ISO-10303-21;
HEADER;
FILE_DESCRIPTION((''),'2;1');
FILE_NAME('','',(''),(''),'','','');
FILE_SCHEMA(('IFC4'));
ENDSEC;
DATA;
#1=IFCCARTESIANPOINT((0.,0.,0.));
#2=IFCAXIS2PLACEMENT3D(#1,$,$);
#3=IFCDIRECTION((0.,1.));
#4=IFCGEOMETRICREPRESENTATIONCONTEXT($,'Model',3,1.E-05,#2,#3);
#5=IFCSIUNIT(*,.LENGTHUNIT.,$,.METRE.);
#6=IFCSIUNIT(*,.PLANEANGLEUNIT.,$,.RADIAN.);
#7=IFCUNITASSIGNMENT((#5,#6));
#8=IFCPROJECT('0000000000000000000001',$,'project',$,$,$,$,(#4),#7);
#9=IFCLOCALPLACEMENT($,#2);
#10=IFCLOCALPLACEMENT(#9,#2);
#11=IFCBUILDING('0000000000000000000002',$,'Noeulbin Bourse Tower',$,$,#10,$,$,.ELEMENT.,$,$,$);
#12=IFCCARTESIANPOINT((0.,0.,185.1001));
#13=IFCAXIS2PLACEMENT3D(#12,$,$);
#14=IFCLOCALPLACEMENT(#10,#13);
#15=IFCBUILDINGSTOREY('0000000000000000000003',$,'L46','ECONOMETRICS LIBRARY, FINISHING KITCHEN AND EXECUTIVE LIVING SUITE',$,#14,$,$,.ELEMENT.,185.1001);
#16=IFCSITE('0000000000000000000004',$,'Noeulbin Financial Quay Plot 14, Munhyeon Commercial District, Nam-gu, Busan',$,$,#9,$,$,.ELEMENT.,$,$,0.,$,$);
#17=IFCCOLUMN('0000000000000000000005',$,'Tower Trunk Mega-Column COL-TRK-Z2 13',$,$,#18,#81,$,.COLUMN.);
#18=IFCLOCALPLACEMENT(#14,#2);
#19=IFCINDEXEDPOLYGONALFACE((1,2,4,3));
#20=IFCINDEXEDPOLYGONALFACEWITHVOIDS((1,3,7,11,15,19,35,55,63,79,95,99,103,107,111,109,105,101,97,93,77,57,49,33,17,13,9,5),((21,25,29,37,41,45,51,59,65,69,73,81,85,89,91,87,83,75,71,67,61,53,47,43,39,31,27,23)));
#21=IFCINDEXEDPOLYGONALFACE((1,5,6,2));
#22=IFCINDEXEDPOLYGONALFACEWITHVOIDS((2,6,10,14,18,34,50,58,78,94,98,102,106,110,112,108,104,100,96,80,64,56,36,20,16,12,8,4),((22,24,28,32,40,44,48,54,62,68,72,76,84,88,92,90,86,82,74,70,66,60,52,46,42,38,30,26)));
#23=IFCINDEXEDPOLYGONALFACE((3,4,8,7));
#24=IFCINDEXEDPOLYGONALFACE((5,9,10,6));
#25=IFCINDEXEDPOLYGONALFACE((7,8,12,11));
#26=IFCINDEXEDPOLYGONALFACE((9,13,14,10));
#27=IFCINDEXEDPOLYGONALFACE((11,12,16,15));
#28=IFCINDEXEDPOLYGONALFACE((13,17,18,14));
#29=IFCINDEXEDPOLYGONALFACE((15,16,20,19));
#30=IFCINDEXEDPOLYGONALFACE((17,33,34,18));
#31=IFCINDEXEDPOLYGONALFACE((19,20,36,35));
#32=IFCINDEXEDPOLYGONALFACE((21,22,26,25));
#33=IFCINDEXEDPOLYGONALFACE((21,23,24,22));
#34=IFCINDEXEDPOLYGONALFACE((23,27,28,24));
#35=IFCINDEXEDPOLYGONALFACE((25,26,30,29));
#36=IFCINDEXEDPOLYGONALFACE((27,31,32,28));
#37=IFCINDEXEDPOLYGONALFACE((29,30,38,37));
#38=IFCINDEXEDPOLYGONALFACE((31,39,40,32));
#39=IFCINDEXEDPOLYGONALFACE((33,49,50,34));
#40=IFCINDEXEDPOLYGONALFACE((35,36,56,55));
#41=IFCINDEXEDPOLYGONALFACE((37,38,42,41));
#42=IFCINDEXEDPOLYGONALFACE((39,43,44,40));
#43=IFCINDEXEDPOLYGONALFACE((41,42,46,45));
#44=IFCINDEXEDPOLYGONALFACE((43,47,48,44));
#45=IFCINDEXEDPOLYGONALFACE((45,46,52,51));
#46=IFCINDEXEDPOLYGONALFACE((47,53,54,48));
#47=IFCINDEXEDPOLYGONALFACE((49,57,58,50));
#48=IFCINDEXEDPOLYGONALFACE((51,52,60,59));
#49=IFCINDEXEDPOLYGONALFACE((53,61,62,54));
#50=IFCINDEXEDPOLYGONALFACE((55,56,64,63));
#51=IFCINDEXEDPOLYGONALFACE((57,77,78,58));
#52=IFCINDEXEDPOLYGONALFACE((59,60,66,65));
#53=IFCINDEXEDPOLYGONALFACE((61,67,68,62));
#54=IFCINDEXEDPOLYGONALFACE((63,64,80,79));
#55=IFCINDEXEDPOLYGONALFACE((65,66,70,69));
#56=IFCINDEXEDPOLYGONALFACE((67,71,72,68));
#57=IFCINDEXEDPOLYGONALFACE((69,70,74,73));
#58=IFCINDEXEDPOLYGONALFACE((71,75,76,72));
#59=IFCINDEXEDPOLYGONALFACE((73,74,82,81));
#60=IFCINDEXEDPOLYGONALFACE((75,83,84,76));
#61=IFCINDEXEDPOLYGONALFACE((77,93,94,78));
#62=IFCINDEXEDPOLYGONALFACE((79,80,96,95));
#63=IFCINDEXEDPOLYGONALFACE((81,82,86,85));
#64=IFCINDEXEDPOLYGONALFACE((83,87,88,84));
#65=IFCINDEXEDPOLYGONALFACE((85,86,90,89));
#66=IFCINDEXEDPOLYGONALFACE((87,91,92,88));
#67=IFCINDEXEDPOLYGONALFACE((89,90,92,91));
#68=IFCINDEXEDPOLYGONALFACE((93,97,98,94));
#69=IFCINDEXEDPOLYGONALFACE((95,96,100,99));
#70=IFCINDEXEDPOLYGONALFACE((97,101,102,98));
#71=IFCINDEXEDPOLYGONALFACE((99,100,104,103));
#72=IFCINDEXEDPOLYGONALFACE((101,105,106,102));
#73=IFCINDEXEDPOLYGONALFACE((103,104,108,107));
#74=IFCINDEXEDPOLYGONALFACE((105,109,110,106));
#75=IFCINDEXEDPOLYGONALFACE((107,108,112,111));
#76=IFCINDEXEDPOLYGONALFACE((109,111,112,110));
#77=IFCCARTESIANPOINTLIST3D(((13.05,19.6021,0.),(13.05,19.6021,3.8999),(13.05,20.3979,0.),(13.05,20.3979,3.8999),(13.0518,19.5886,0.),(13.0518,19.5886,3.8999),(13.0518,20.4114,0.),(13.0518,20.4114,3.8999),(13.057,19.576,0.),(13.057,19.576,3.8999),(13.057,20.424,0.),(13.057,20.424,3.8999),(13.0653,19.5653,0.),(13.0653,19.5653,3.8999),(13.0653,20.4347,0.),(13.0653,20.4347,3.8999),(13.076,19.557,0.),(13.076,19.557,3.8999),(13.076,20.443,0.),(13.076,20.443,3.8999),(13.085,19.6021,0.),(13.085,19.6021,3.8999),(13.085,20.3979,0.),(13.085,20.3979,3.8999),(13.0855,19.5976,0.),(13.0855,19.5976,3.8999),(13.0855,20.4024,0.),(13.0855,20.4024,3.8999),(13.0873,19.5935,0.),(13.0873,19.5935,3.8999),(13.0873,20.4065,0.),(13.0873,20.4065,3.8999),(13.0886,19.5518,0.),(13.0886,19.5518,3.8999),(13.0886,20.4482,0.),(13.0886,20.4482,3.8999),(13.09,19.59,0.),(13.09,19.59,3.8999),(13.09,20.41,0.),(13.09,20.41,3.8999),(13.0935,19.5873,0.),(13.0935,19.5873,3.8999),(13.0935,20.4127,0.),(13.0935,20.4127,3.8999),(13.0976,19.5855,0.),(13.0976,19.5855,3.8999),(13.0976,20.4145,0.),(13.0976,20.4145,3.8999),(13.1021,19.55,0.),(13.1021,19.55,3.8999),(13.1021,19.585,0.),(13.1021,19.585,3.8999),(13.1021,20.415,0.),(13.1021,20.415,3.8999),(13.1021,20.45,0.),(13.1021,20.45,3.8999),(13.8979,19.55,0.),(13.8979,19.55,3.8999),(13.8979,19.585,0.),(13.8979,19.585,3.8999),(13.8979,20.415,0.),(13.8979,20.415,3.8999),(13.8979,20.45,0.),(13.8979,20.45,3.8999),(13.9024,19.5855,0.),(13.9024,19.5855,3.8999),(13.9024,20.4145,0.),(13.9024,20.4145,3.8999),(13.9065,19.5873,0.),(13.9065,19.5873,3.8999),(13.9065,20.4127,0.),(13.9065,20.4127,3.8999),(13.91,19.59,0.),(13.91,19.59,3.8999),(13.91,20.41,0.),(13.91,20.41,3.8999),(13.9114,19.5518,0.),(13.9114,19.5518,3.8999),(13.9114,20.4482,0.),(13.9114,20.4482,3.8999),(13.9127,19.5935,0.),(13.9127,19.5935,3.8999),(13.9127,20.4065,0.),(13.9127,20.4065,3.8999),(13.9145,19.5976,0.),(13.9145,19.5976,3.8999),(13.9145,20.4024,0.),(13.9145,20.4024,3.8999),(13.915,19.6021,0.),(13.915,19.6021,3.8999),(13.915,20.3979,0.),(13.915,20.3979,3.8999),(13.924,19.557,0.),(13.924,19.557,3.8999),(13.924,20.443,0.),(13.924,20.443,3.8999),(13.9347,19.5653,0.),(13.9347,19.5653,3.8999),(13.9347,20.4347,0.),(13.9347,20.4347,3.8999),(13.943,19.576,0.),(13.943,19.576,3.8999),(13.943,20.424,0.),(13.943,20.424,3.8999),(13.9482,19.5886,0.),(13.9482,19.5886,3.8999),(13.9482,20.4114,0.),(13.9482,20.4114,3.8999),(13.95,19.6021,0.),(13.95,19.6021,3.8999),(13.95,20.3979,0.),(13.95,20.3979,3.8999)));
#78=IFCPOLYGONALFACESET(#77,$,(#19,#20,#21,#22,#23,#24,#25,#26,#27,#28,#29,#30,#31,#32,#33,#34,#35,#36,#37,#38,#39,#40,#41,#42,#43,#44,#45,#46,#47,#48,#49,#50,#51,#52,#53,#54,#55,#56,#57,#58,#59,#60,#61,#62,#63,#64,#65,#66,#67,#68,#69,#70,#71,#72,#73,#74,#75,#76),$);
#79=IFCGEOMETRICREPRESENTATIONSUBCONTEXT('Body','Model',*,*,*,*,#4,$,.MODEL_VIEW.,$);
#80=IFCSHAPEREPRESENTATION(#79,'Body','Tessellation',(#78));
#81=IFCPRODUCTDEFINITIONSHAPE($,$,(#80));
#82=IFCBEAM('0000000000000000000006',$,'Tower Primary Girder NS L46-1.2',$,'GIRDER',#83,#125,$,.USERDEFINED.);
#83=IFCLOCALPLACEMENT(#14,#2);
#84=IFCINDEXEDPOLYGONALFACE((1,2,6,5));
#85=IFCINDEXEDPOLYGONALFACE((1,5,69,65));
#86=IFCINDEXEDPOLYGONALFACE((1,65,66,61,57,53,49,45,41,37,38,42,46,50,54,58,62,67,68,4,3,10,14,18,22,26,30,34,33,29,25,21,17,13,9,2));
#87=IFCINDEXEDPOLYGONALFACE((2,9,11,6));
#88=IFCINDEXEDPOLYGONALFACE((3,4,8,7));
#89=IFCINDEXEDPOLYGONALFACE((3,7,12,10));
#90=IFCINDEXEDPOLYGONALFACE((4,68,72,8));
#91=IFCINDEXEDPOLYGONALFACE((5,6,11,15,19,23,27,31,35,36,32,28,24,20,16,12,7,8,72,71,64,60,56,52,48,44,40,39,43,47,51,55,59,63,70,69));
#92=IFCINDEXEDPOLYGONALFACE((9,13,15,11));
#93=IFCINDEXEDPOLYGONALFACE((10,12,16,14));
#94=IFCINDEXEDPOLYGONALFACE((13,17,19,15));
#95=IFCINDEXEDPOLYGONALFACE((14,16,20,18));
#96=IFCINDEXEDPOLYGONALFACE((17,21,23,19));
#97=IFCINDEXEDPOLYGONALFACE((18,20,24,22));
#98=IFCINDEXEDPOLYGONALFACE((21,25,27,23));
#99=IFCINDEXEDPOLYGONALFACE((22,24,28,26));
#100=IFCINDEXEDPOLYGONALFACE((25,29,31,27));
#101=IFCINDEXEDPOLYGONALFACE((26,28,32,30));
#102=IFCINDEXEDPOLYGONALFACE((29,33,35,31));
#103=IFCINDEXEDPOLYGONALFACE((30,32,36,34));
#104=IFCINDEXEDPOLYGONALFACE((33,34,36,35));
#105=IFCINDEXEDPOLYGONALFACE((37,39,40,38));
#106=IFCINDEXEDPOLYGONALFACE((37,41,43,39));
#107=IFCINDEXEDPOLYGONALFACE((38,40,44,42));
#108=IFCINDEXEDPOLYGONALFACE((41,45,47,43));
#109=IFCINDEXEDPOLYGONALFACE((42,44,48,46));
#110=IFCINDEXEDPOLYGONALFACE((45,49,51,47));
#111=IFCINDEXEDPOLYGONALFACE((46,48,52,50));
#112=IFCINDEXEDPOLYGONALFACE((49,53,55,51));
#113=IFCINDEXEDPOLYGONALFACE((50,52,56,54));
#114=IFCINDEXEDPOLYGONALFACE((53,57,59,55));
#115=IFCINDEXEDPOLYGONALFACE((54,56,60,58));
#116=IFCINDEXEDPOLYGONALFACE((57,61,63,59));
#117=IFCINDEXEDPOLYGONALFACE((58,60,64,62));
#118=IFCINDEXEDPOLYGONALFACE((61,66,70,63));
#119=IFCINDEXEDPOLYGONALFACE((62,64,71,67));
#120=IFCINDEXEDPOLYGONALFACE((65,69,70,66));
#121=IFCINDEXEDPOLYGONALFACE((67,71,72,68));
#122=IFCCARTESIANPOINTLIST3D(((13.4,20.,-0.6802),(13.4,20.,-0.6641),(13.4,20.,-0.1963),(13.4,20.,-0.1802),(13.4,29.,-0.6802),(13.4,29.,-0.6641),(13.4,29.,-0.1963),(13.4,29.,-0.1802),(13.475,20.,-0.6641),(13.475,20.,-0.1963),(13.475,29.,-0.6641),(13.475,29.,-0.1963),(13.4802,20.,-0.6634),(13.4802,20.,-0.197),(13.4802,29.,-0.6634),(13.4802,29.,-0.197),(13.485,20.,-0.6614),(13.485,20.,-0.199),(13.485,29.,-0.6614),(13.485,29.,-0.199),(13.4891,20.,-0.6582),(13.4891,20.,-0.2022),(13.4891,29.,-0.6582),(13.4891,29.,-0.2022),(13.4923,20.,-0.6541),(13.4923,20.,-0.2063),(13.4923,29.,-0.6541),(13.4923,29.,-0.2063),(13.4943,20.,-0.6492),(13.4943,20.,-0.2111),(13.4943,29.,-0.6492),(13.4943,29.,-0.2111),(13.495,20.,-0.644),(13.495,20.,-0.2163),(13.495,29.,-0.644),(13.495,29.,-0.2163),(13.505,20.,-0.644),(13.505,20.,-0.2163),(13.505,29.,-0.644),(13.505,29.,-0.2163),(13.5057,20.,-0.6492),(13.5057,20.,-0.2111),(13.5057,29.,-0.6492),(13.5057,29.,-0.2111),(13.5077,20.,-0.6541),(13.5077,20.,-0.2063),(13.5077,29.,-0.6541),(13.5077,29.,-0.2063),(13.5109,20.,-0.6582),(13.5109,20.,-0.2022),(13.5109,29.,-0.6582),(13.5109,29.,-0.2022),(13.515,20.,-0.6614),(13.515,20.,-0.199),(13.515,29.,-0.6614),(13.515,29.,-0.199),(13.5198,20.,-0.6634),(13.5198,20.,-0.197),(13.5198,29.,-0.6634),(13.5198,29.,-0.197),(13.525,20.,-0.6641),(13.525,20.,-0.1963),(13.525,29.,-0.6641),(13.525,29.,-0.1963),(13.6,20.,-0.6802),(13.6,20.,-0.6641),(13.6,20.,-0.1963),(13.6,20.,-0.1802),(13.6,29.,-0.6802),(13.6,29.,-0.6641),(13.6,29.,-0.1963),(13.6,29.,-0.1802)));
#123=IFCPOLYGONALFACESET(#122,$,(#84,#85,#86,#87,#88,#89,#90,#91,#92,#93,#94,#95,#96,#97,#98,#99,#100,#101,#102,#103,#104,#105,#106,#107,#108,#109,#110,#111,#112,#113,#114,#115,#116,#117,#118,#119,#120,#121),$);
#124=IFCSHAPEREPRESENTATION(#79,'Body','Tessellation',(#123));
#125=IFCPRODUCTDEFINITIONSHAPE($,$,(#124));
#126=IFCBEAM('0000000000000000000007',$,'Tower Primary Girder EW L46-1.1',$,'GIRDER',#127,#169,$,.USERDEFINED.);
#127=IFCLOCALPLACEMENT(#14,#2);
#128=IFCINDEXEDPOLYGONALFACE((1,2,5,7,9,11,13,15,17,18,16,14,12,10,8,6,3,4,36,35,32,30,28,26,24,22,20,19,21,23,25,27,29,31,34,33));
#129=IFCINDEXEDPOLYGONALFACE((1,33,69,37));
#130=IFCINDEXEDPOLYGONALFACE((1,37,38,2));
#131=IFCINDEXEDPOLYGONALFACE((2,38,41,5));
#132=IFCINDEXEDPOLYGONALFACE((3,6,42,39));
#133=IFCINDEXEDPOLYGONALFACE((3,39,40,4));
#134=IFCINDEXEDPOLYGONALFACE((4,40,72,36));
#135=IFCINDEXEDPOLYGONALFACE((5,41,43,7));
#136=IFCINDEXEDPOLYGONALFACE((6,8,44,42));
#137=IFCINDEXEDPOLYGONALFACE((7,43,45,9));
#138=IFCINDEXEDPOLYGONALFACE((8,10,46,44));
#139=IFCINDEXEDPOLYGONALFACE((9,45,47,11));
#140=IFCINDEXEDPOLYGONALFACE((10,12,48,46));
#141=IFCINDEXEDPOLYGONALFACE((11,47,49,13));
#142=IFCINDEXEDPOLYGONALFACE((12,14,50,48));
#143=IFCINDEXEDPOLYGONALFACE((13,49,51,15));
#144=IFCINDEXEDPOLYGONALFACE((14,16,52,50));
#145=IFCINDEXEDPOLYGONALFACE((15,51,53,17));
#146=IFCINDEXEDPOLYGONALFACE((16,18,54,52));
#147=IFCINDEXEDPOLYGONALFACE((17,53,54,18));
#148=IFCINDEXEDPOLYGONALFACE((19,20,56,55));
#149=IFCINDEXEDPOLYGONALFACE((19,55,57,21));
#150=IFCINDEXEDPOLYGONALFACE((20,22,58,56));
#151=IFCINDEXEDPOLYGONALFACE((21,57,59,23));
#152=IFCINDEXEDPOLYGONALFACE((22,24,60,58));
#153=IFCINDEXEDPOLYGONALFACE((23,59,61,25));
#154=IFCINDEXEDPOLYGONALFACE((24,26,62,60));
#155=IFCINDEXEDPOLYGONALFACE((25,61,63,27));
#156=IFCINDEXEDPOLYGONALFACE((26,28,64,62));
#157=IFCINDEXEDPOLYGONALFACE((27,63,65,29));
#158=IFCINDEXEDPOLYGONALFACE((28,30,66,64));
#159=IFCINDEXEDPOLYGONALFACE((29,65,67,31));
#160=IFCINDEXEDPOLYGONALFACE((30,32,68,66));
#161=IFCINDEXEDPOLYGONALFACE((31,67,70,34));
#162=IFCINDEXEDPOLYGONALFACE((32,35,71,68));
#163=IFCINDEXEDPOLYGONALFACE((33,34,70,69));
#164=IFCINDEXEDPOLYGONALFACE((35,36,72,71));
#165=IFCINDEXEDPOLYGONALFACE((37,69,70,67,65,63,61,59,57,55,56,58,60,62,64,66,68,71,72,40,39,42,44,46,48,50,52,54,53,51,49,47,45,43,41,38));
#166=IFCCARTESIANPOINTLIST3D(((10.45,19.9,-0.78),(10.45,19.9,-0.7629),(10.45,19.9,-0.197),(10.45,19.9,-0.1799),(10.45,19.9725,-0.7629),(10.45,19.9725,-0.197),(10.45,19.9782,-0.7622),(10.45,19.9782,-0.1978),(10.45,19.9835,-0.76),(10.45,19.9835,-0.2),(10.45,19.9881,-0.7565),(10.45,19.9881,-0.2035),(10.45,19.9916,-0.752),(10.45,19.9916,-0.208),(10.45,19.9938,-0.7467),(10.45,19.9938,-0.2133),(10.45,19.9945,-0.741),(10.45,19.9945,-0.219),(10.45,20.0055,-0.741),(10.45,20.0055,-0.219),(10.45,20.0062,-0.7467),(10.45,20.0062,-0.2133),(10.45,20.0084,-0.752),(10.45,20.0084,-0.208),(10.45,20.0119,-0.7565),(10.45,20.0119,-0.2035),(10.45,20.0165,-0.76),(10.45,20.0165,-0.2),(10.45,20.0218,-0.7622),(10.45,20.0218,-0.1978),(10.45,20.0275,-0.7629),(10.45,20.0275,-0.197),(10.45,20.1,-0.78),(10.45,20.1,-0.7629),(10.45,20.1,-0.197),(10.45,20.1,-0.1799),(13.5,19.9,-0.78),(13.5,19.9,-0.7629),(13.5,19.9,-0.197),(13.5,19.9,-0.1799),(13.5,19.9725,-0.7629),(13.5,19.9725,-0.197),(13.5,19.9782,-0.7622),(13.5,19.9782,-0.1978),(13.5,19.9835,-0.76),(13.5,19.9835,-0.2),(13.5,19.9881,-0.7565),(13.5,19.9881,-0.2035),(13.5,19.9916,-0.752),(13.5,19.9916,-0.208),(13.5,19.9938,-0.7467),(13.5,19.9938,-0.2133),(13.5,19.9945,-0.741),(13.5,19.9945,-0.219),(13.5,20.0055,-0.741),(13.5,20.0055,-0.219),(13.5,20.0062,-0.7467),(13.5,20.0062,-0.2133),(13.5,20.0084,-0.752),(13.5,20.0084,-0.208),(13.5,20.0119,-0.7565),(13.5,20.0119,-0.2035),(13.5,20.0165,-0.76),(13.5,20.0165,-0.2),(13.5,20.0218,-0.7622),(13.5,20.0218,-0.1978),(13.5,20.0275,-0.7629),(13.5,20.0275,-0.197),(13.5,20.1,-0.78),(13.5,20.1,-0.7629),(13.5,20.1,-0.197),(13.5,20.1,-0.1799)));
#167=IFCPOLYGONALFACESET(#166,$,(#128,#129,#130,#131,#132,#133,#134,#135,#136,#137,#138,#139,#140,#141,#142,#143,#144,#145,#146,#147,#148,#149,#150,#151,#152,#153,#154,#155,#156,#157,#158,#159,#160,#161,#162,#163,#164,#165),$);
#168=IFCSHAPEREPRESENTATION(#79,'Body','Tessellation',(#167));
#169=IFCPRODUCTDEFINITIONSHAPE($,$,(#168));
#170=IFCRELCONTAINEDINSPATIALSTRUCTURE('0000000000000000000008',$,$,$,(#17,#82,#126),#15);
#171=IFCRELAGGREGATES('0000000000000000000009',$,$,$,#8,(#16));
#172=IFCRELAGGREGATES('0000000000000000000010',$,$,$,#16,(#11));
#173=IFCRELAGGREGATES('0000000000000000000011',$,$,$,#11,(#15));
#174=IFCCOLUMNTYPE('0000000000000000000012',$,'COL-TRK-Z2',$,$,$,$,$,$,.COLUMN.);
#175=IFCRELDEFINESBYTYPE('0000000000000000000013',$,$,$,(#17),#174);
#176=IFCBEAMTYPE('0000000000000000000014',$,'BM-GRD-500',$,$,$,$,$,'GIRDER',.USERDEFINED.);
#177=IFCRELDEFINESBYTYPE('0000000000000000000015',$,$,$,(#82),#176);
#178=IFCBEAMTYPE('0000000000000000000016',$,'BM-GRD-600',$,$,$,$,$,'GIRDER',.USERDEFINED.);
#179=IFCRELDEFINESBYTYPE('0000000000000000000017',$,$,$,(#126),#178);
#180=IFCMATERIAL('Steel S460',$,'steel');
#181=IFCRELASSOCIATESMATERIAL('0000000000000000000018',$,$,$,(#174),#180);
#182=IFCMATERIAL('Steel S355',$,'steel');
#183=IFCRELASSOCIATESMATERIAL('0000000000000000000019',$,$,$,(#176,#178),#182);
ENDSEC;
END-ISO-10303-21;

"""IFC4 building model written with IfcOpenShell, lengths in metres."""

from ifc_helpers import new_model, si_unit, direction, frame, origin, origin_2d, place, context, subcontext, project, spatial, hollow_rectangle, i_section, extrude, material, material_profile, profile_set, type_object, element, save


model = new_model("IFC4")

# Units and contexts
model_context = context("Model", 3, precision=1e-05, world=origin(), true_north=direction((0.0, 1.0)))
body_context = subcontext(model_context, "Body", "Model", "MODEL_VIEW")
ifc_project = project(units=[si_unit("LENGTHUNIT", "METRE"), si_unit("PLANEANGLEUNIT", "RADIAN")], contexts=[model_context])

# Site, building, storey
site_placement = place(None, origin())
site = spatial("IfcSite", under=ifc_project, at=site_placement, Name="Noeulbin Financial Quay Plot 14, Munhyeon Commercial District, Nam-gu, Busan", CompositionType="ELEMENT", RefElevation=0.0)
building_placement = place(site_placement, origin())
building = spatial("IfcBuilding", under=site, at=building_placement, Name="Noeulbin Bourse Tower", CompositionType="ELEMENT")
storey_placement = place(building_placement, frame((0.0, 0.0, 185.1001)))
storey = spatial("IfcBuildingStorey", under=building, at=storey_placement, Name="L46", Description="ECONOMETRICS LIBRARY, FINISHING KITCHEN AND EXECUTIVE LIVING SUITE", CompositionType="ELEMENT", Elevation=185.1001)

# Column
ifc_material_1 = material(Name="Steel S355", Category="steel")
ifc_material_2 = material(Name="Steel S460", Category="steel")
ifc_material_profile_1 = material_profile(ifc_material_2, hollow_rectangle(XDim=0.8999, YDim=0.8999, WallThickness=0.0349, InnerFilletRadius=0.0171, OuterFilletRadius=0.052, at=origin_2d()), Name="BOX-900x900x35", Category="LoadBearing")
ifc_profile_set_1 = profile_set([ifc_material_profile_1], Name="Steel S460")
column_type_1 = type_object("IfcColumnType", Name="COL-TRK-Z2", PredefinedType="COLUMN", material=ifc_profile_set_1)
column_placement = place(storey_placement, frame((13.5, 20.0, 0.0), z_axis=(0.0, 0.0, 1.0), x_axis=(1.0, 0.0, 0.0)))
element("IfcColumn", 1, at=column_placement, inside=storey, type_object=column_type_1, Name="Tower Trunk Mega-Column COL-TRK-Z2 13", PredefinedType="COLUMN", context=body_context, shape_type="SweptSolid", body=[
    extrude(hollow_rectangle(XDim=0.8999, YDim=0.8999, WallThickness=0.0349, InnerFilletRadius=0.0171, OuterFilletRadius=0.052, at=origin_2d()), origin(), (0.0, 0.0, 1.0), 3.8999),
])

# Beams
ifc_material_profile_2 = material_profile(ifc_material_1, i_section(OverallWidth=0.2, OverallDepth=0.5, WebThickness=0.01, FlangeThickness=0.0161, FilletRadius=0.02, at=origin_2d()), Name="H-500x200x10x16", Category="LoadBearing")
ifc_profile_set_2 = profile_set([ifc_material_profile_2], Name="Steel S355")
beam_type_1 = type_object("IfcBeamType", Name="BM-GRD-500", ElementType="GIRDER", PredefinedType="USERDEFINED", material=ifc_profile_set_2)
beam_1_placement = place(storey_placement, frame((13.5, 20.0, -0.4302), z_axis=(0.0, 1.0, 0.0), x_axis=(-1.0, 0.0, 0.0)))
element("IfcBeam", 2, at=beam_1_placement, inside=storey, type_object=beam_type_1, Name="Tower Primary Girder NS L46-1.2", ObjectType="GIRDER", PredefinedType="USERDEFINED", context=body_context, shape_type="SweptSolid", body=[
    extrude(i_section(OverallWidth=0.2, OverallDepth=0.5, WebThickness=0.01, FlangeThickness=0.0161, FilletRadius=0.02, at=origin_2d()), origin(), (0.0, 0.0, 1.0), 9.0),
])
ifc_material_profile_3 = material_profile(ifc_material_1, i_section(OverallWidth=0.2, OverallDepth=0.6001, WebThickness=0.011, FlangeThickness=0.0171, FilletRadius=0.022, at=origin_2d()), Name="H-600x200x11x17", Category="LoadBearing")
ifc_profile_set_3 = profile_set([ifc_material_profile_3], Name="Steel S355")
beam_type_2 = type_object("IfcBeamType", Name="BM-GRD-600", ElementType="GIRDER", PredefinedType="USERDEFINED", material=ifc_profile_set_3)
beam_2_placement = place(storey_placement, frame((10.45, 20.0, -0.48), z_axis=(1.0, 0.0, 0.0), x_axis=(0.0, 1.0, 0.0)))
element("IfcBeam", 3, at=beam_2_placement, inside=storey, type_object=beam_type_2, Name="Tower Primary Girder EW L46-1.1", ObjectType="GIRDER", PredefinedType="USERDEFINED", context=body_context, shape_type="SweptSolid", body=[
    extrude(i_section(OverallWidth=0.2, OverallDepth=0.6001, WebThickness=0.011, FlangeThickness=0.0171, FilletRadius=0.022, at=origin_2d()), origin(), (0.0, 0.0, 1.0), 3.05),
])

save(model, "model.ifc")
